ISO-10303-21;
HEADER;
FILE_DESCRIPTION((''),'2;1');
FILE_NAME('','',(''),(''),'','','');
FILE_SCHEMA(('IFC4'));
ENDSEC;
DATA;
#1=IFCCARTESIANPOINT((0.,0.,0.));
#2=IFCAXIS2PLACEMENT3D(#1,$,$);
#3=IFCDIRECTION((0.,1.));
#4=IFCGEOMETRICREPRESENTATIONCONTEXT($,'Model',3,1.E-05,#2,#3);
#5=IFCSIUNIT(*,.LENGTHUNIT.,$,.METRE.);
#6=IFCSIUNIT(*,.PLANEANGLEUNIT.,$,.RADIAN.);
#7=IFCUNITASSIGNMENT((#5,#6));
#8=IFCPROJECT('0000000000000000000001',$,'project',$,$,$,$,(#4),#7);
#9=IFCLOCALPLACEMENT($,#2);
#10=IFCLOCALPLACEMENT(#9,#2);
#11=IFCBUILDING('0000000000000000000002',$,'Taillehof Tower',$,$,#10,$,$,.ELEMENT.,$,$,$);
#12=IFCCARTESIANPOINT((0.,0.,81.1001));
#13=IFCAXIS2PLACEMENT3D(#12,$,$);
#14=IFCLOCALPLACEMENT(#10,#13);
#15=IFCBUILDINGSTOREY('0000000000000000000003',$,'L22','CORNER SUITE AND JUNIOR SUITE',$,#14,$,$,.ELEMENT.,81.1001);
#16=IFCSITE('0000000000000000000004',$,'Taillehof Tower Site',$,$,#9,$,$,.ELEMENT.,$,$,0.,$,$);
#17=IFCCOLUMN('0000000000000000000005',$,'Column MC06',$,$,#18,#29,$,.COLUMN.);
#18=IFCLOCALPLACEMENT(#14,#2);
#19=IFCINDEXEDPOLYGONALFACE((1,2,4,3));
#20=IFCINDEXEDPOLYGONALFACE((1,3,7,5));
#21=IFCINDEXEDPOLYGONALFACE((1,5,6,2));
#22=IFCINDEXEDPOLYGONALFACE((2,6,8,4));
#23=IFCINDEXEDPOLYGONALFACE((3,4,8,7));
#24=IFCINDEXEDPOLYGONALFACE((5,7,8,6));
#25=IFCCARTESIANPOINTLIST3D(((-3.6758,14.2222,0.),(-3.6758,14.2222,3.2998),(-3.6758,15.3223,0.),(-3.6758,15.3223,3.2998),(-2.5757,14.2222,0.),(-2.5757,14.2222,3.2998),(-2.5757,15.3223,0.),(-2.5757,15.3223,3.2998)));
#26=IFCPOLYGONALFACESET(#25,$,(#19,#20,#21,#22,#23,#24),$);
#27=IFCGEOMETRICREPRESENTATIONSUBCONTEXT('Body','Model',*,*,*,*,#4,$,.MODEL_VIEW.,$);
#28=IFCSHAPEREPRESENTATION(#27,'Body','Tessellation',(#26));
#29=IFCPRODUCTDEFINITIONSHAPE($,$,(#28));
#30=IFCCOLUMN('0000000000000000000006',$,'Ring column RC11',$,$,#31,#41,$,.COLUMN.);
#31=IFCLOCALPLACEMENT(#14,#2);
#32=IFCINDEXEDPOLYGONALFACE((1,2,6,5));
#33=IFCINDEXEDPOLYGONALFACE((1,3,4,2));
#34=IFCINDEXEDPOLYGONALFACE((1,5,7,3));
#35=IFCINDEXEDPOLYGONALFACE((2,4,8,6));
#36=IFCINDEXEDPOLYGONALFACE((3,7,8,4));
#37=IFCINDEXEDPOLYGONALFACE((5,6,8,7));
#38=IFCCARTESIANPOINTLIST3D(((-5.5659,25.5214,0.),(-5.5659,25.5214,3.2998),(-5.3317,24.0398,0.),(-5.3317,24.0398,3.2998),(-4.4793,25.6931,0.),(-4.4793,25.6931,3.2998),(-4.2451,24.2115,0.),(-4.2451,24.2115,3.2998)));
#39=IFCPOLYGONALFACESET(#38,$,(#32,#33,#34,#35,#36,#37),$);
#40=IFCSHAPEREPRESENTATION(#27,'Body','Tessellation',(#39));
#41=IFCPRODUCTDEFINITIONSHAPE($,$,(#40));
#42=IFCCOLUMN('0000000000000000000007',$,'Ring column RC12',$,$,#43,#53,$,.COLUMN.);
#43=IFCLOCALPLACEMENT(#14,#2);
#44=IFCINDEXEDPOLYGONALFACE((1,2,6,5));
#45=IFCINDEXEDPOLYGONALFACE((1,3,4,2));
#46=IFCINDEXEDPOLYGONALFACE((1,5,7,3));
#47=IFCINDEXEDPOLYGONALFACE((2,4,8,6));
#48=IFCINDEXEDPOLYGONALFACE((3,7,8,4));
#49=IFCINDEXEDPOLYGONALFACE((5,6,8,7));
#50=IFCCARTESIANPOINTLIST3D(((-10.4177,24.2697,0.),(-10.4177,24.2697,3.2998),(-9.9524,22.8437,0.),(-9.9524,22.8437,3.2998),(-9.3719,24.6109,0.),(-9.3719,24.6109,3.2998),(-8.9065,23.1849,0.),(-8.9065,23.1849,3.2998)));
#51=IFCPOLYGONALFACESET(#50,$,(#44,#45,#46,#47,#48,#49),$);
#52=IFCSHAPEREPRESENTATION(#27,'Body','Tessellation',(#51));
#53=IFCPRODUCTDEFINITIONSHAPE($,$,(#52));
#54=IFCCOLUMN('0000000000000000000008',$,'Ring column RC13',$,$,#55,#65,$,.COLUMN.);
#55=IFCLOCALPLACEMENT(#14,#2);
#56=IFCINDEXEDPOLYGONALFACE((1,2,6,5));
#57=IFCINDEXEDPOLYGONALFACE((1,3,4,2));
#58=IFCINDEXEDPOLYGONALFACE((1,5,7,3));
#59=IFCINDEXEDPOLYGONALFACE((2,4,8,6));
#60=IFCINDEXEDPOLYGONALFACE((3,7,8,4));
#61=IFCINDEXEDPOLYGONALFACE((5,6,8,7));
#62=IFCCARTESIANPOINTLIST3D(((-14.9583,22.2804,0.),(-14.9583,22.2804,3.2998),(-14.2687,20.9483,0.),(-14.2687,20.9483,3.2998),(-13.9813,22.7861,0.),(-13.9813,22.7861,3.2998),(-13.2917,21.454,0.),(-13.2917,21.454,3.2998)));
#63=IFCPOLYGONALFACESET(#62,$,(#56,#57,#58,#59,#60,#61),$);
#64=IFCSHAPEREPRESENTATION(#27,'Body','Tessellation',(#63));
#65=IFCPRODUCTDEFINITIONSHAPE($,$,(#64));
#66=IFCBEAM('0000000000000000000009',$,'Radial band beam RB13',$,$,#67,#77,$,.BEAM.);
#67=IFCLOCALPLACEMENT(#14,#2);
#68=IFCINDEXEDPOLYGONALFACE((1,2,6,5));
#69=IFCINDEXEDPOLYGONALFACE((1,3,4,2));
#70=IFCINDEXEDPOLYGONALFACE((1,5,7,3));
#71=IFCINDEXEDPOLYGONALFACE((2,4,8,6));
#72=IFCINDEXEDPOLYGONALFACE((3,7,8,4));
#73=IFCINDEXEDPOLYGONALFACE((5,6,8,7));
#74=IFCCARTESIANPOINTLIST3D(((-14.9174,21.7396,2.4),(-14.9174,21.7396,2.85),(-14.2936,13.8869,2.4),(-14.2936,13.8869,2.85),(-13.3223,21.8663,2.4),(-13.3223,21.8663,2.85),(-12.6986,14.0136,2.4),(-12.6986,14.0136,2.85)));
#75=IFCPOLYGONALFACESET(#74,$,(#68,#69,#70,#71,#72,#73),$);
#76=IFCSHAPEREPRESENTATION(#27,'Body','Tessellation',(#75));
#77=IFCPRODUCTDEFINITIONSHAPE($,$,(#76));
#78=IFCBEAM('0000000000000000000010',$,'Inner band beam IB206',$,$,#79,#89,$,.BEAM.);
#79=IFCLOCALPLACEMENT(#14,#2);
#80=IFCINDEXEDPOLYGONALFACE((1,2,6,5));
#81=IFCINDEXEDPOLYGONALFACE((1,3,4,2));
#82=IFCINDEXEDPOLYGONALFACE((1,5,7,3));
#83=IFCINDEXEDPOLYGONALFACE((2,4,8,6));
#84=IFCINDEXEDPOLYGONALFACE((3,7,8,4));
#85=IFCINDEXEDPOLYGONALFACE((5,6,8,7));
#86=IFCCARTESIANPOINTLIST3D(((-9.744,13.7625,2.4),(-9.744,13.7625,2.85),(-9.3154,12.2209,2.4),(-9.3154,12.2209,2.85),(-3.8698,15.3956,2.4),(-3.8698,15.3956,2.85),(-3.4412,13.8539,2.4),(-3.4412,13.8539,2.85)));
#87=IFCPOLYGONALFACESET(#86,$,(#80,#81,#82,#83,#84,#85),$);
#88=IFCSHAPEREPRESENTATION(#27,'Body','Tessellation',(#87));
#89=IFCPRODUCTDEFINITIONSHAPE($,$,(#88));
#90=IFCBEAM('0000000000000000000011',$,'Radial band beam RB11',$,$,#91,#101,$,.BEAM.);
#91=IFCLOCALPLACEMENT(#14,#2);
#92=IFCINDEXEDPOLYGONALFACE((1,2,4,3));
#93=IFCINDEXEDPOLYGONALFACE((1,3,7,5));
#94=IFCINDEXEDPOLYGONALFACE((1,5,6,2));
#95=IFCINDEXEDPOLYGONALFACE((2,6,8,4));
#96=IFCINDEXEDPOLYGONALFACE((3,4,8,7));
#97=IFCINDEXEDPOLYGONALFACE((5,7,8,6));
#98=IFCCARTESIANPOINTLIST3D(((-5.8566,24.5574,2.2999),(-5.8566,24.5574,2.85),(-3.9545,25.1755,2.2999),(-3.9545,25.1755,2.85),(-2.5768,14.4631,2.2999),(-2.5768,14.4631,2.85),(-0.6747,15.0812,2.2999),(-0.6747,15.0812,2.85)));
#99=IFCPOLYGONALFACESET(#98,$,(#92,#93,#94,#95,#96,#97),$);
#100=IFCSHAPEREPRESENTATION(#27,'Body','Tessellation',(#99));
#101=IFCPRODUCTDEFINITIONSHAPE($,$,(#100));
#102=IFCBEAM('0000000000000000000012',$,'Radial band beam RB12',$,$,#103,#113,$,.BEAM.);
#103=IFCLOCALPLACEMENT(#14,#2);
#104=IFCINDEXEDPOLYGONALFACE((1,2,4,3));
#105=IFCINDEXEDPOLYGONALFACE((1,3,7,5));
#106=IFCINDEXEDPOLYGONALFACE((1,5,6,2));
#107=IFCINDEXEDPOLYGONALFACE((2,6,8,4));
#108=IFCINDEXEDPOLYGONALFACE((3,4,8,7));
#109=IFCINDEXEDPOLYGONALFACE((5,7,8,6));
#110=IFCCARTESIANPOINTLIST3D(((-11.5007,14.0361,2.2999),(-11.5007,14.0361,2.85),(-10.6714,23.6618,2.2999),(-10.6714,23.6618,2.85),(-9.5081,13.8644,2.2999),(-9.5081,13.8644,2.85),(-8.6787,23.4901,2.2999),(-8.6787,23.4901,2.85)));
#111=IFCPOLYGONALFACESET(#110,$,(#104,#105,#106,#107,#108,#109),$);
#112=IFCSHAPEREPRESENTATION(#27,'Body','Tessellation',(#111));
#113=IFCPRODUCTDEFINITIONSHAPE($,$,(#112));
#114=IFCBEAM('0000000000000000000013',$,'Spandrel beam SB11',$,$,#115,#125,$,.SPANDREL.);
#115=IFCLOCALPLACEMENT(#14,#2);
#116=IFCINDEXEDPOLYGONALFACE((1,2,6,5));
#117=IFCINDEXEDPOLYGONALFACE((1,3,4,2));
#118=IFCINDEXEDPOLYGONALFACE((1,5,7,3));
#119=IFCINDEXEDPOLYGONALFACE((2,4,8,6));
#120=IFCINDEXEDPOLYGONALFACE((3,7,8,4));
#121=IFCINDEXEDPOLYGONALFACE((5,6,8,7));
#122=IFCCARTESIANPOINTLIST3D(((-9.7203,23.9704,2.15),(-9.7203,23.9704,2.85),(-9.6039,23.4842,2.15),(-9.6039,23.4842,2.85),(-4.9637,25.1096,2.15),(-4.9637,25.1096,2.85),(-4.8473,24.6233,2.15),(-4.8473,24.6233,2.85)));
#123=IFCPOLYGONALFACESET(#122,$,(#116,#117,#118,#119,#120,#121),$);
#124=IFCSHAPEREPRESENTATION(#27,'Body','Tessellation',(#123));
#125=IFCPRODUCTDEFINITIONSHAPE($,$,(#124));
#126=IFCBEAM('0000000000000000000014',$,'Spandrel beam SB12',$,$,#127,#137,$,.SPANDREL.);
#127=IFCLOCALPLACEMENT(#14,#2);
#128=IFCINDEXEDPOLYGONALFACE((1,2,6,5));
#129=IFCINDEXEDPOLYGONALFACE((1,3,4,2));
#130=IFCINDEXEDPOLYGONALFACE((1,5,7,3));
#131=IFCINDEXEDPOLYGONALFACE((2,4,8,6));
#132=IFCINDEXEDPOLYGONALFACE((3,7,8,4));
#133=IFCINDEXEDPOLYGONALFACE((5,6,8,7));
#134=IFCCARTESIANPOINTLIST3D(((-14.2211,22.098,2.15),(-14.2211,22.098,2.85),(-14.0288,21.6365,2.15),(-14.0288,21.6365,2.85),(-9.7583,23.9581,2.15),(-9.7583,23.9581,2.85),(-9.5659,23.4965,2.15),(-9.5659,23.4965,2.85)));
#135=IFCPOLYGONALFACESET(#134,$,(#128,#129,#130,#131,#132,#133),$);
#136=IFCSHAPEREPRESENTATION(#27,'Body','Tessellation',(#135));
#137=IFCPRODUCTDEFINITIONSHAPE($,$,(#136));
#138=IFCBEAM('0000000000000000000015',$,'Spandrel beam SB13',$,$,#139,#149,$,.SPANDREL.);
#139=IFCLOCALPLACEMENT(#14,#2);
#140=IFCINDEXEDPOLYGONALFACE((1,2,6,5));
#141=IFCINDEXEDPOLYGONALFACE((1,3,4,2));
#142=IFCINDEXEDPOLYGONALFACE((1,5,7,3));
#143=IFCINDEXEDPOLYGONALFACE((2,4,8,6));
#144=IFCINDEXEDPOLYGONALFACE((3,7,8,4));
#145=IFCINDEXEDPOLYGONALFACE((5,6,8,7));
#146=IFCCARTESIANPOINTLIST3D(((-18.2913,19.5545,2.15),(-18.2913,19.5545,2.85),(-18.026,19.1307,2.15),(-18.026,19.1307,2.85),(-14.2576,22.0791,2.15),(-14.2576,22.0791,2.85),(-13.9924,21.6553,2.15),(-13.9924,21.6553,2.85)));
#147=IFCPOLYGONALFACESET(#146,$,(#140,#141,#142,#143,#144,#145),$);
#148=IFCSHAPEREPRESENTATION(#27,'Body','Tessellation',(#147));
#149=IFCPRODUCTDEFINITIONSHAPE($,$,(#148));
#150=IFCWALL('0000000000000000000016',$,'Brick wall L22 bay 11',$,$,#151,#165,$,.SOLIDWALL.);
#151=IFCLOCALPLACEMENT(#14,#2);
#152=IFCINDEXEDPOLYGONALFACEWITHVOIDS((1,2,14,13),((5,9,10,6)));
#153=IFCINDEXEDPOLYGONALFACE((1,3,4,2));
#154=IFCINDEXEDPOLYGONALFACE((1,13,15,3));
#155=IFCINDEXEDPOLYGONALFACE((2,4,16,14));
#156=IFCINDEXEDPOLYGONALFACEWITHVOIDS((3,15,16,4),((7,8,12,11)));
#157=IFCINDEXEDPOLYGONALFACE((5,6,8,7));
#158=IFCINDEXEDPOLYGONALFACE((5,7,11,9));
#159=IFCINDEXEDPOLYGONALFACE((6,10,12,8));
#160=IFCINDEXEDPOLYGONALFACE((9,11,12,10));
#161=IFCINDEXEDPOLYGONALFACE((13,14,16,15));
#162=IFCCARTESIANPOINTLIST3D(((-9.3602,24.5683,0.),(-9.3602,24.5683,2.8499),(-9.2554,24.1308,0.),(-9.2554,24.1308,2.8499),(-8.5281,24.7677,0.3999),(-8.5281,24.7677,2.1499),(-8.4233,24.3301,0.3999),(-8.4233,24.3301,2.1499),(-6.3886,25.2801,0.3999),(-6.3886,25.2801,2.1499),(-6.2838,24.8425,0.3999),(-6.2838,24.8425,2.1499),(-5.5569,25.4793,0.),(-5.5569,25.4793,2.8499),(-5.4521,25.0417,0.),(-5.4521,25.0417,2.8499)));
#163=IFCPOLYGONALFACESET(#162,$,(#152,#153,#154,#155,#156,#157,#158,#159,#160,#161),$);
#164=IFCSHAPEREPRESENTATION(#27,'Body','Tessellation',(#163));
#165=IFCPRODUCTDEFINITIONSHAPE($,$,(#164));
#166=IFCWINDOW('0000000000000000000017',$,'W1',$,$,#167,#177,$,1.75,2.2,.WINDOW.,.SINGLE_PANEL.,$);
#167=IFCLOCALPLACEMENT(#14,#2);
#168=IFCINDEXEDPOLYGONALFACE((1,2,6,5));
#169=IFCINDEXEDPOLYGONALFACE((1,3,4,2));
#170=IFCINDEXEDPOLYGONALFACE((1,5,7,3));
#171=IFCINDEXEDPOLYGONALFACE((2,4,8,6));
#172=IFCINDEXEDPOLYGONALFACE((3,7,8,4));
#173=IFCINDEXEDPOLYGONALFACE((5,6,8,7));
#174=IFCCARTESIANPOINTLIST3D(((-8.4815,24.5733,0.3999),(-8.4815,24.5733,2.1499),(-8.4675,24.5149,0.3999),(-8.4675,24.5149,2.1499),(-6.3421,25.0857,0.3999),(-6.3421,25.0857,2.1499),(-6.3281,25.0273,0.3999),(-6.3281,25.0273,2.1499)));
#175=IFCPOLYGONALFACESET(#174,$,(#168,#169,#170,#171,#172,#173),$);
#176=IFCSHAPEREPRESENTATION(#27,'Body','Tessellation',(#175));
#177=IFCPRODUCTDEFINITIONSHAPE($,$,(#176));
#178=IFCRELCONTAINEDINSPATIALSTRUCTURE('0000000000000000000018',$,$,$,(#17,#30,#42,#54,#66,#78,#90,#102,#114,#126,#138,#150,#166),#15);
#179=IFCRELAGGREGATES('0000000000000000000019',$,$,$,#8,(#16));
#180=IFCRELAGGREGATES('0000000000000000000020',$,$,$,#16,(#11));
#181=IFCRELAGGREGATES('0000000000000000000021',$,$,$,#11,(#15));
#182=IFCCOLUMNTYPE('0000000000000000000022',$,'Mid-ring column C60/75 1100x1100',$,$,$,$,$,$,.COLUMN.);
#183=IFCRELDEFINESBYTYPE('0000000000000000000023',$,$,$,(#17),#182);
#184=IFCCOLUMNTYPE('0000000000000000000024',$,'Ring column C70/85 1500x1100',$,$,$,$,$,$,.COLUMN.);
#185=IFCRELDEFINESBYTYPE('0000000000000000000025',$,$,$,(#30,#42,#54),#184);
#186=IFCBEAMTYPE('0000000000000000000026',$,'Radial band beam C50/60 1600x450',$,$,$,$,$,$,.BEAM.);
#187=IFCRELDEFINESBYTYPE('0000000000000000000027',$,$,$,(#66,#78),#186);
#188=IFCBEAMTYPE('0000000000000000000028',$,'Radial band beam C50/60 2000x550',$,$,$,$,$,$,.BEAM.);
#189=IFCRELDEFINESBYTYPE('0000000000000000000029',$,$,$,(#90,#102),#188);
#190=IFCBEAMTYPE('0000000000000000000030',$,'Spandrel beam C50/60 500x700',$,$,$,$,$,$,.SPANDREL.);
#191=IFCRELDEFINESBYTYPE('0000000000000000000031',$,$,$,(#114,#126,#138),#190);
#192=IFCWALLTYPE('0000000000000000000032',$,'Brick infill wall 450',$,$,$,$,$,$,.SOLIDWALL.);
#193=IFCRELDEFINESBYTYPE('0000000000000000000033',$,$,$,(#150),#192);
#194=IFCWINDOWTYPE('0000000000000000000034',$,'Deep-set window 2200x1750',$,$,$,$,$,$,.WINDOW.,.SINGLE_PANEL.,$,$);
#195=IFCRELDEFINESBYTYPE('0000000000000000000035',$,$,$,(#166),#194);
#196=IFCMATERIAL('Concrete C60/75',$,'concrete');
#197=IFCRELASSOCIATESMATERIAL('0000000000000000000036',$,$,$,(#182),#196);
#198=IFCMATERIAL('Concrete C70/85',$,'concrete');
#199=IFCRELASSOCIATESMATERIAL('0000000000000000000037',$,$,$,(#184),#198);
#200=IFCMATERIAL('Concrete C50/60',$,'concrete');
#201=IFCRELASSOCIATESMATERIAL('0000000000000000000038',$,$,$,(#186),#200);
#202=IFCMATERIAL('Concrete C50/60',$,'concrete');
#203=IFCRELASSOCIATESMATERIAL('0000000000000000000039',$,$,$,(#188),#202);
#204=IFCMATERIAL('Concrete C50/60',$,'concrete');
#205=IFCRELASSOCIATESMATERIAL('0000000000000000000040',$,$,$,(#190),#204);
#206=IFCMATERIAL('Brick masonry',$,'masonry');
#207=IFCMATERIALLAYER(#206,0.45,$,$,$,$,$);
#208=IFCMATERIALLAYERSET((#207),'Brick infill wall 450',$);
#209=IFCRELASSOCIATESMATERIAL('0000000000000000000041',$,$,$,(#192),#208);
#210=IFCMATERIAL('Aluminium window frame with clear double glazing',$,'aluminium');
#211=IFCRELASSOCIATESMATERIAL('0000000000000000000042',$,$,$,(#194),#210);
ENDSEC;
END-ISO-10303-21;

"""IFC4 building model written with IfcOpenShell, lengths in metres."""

from ifc_helpers import new_model, si_unit, direction, frame, frame_2d, origin, origin_2d, place, context, subcontext, project, spatial, rectangle, extrude, material, layer, layer_set, material_profile, profile_set, type_object, element, fill, save


model = new_model("IFC4")

# Units and contexts
model_context = context("Model", 3, precision=1e-05, world=origin(), true_north=direction((0.0, 1.0)))
body_context = subcontext(model_context, "Body", "Model", "MODEL_VIEW")
ifc_project = project(units=[si_unit("LENGTHUNIT", "METRE"), si_unit("PLANEANGLEUNIT", "RADIAN")], contexts=[model_context])

# Site, building, storey
site_placement = place(None, origin())
site = spatial("IfcSite", under=ifc_project, at=site_placement, Name="Taillehof Tower Site", CompositionType="ELEMENT", RefElevation=0.0)
building_placement = place(site_placement, origin())
building = spatial("IfcBuilding", under=site, at=building_placement, Name="Taillehof Tower", CompositionType="ELEMENT")
storey_placement = place(building_placement, frame((0.0, 0.0, 81.1001)))
storey = spatial("IfcBuildingStorey", under=building, at=storey_placement, Name="L22", Description="CORNER SUITE AND JUNIOR SUITE", CompositionType="ELEMENT", Elevation=81.1001)

# Columns
ifc_material_1 = material(Name="Concrete C60/75", Category="concrete")
ifc_material_profile_1 = material_profile(ifc_material_1, rectangle(XDim=1.1001, YDim=1.1001, at=origin_2d()), Name="RC 1100x1100")
ifc_profile_set_1 = profile_set([ifc_material_profile_1], Name="Concrete C60/75")
column_type_1 = type_object("IfcColumnType", Name="Mid-ring column C60/75 1100x1100", PredefinedType="COLUMN", material=ifc_profile_set_1)
column_placement = place(storey_placement, frame((-3.1257, 14.7722, 0.0), z_axis=(0.0, 0.0, 1.0), x_axis=(1.0, 0.0, 0.0)))
element("IfcColumn", 1, at=column_placement, inside=storey, type_object=column_type_1, Name="Column MC06", PredefinedType="COLUMN", context=body_context, shape_type="SweptSolid", body=[
    extrude(rectangle(XDim=1.1001, YDim=1.1001, at=origin_2d()), origin(), (0.0, 0.0, 1.0), 3.2998),
])
ifc_material_2 = material(Name="Concrete C70/85", Category="concrete")
ifc_material_profile_2 = material_profile(ifc_material_2, rectangle(XDim=1.5, YDim=1.1001, at=origin_2d()), Name="RC 1500x1100")
ifc_profile_set_2 = profile_set([ifc_material_profile_2], Name="Concrete C70/85")
column_type_2 = type_object("IfcColumnType", Name="Ring column C70/85 1500x1100", PredefinedType="COLUMN", material=ifc_profile_set_2)
for number, where, z_axis, x_axis, name in (
    (2, (-4.9055, 24.8665, 0.0), (0.0, 0.0, 1.0), (-0.156147, 0.987734, 0.0), "Ring column RC11"),
    (3, (-9.6621, 23.7273, 0.0), (0.0, 0.0, 1.0), (-0.310219, 0.950665, 0.0), "Ring column RC12"),
    (4, (-14.125, 21.8672, 0.0), (0.0, 0.0, 1.0), (-0.459691, 0.888079, 0.0), "Ring column RC13"),
):
    element("IfcColumn", number, at=place(storey_placement, frame(where, z_axis=z_axis, x_axis=x_axis)), inside=storey, type_object=column_type_2, Name=name, PredefinedType="COLUMN", context=body_context, shape_type="SweptSolid", body=[
        extrude(rectangle(XDim=1.5, YDim=1.1001, at=origin_2d()), origin(), (0.0, 0.0, 1.0), 3.2998),
    ])

# Beams
ifc_material_3 = material(Name="Concrete C50/60", Category="concrete")
ifc_material_profile_3 = material_profile(ifc_material_3, rectangle(XDim=1.6001, YDim=0.45, at=origin_2d()), Name="RC 1600x450")
ifc_profile_set_3 = profile_set([ifc_material_profile_3], Name="Concrete C50/60")
beam_type_1 = type_object("IfcBeamType", Name="Radial band beam C50/60 1600x450", PredefinedType="BEAM", material=ifc_profile_set_3)
beam_1_placement = place(storey_placement, frame((-14.1199, 21.803, 2.625), z_axis=(0.079185, -0.99686, 0.0), x_axis=(0.99686, 0.079185, 0.0)))
element("IfcBeam", 5, at=beam_1_placement, inside=storey, type_object=beam_type_1, Name="Radial band beam RB13", PredefinedType="BEAM", context=body_context, shape_type="SweptSolid", body=[
    extrude(rectangle(XDim=1.6001, YDim=0.45, at=origin_2d()), origin(), (0.0, 0.0, 1.0), 7.8774),
])
beam_2_placement = place(storey_placement, frame((-3.6555, 14.6248, 2.625), z_axis=(-0.963459, -0.267855, 0.0), x_axis=(0.267855, -0.963459, 0.0)))
element("IfcBeam", 6, at=beam_2_placement, inside=storey, type_object=beam_type_1, Name="Inner band beam IB206", PredefinedType="BEAM", context=body_context, shape_type="SweptSolid", body=[
    extrude(rectangle(XDim=1.6001, YDim=0.45, at=origin_2d()), origin(), (0.0, 0.0, 1.0), 6.0969),
])
ifc_material_4 = material(Name="Concrete C50/60", Category="concrete")
ifc_material_profile_4 = material_profile(ifc_material_4, rectangle(XDim=2.0, YDim=0.55, at=origin_2d()), Name="RC 2000x550")
ifc_profile_set_4 = profile_set([ifc_material_profile_4], Name="Concrete C50/60")
beam_type_2 = type_object("IfcBeamType", Name="Radial band beam C50/60 2000x550", PredefinedType="BEAM", material=ifc_profile_set_4)
beam_3_placement = place(storey_placement, frame((-4.9055, 24.8665, 2.575), z_axis=(0.309014, -0.951057, 0.0), x_axis=(0.951057, 0.309014, 0.0)))
element("IfcBeam", 7, at=beam_3_placement, inside=storey, type_object=beam_type_2, Name="Radial band beam RB11", PredefinedType="BEAM", context=body_context, shape_type="SweptSolid", body=[
    extrude(rectangle(XDim=2.0, YDim=0.55, at=origin_2d()), origin(), (0.0, 0.0, 1.0), 10.6138),
])
beam_4_placement = place(storey_placement, frame((-9.675, 23.5759, 2.575), z_axis=(-0.085841, -0.996309, 0.0), x_axis=(0.996309, -0.085841, 0.0)))
element("IfcBeam", 8, at=beam_4_placement, inside=storey, type_object=beam_type_2, Name="Radial band beam RB12", PredefinedType="BEAM", context=body_context, shape_type="SweptSolid", body=[
    extrude(rectangle(XDim=2.0, YDim=0.55, at=origin_2d()), origin(), (0.0, 0.0, 1.0), 9.6614),
])
ifc_material_5 = material(Name="Concrete C50/60", Category="concrete")
ifc_material_profile_5 = material_profile(ifc_material_5, rectangle(XDim=0.5, YDim=0.7, at=origin_2d()), Name="RC 500x700")
ifc_profile_set_5 = profile_set([ifc_material_profile_5], Name="Concrete C50/60")
beam_type_3 = type_object("IfcBeamType", Name="Spandrel beam C50/60 500x700", PredefinedType="SPANDREL", material=ifc_profile_set_5)
beam_5_placement = place(storey_placement, frame((-4.9055, 24.8665, 2.5), z_axis=(-0.9725, -0.232905, 0.0), x_axis=(0.232905, -0.9725, 0.0)))
element("IfcBeam", 9, at=beam_5_placement, inside=storey, type_object=beam_type_3, Name="Spandrel beam SB11", PredefinedType="SPANDREL", context=body_context, shape_type="SweptSolid", body=[
    extrude(rectangle(XDim=0.5, YDim=0.7, at=origin_2d()), origin(), (0.0, 0.0, 1.0), 4.8911),
])
beam_6_placement = place(storey_placement, frame((-9.6621, 23.7273, 2.5), z_axis=(-0.923035, -0.384716, 0.0), x_axis=(0.384716, -0.923035, 0.0)))
element("IfcBeam", 10, at=beam_6_placement, inside=storey, type_object=beam_type_3, Name="Spandrel beam SB12", PredefinedType="SPANDREL", context=body_context, shape_type="SweptSolid", body=[
    extrude(rectangle(XDim=0.5, YDim=0.7, at=origin_2d()), origin(), (0.0, 0.0, 1.0), 4.835),
])
beam_7_placement = place(storey_placement, frame((-14.125, 21.8672, 2.5), z_axis=(-0.847658, -0.530543, 0.0), x_axis=(0.530543, -0.847658, 0.0)))
element("IfcBeam", 11, at=beam_7_placement, inside=storey, type_object=beam_type_3, Name="Spandrel beam SB13", PredefinedType="SPANDREL", context=body_context, shape_type="SweptSolid", body=[
    extrude(rectangle(XDim=0.5, YDim=0.7, at=origin_2d()), origin(), (0.0, 0.0, 1.0), 4.7585),
])

# Wall, opening, window
ifc_material_6 = material(Name="Brick masonry", Category="masonry")
ifc_layer_1 = layer(ifc_material_6, 0.45)
ifc_layer_set_1 = layer_set([ifc_layer_1], Name="Brick infill wall 450")
wall_type_1 = type_object("IfcWallType", Name="Brick infill wall 450", PredefinedType="SOLIDWALL", material=ifc_layer_set_1)
wall_1_placement = place(storey_placement, frame((-5.5044, 25.2605, 0.0), z_axis=(0.0, 0.0, 1.0), x_axis=(-0.972497, -0.232917, 0.0)))
wall_1 = element("IfcWall", 12, at=wall_1_placement, inside=storey, type_object=wall_type_1, Name="Brick wall L22 bay 11", PredefinedType="SOLIDWALL", context=body_context, shape_type="SweptSolid", body=[
    extrude(rectangle(XDim=3.9109, YDim=0.45, at=frame_2d((1.9556, 0.0))), origin(), (0.0, 0.0, 1.0), 2.8499),
])
opening_1_placement = place(wall_1_placement, frame((0.8552, 0.0, 0.3999)))
opening_1 = element("IfcOpeningElement", 13, at=opening_1_placement, cuts=wall_1, PredefinedType="OPENING", context=body_context, shape_type="SweptSolid", body=[
    extrude(rectangle(XDim=2.2, YDim=1.75, at=frame_2d((1.1001, 0.875))), frame((0.0, 0.2349, 0.0), z_axis=(0.0, -1.0, 0.0), x_axis=(1.0, 0.0, 0.0)), (0.0, 0.0, 1.0), 0.47),
])
ifc_material_7 = material(Name="Aluminium window frame with clear double glazing", Category="aluminium")
window_type_1 = type_object("IfcWindowType", Name="Deep-set window 2200x1750", PartitioningType="SINGLE_PANEL", PredefinedType="WINDOW", material=ifc_material_7)
window_1_placement = place(opening_1_placement, origin())
window_1 = element("IfcWindow", 14, at=window_1_placement, inside=storey, type_object=window_type_1, Name="W1", OverallHeight=1.75, OverallWidth=2.2, PartitioningType="SINGLE_PANEL", PredefinedType="WINDOW", context=body_context, shape_type="SweptSolid", body=[
    extrude(rectangle(XDim=2.2, YDim=1.75, at=frame_2d((1.1001, 0.875))), frame((0.0, 0.0349, 0.0), z_axis=(0.0, -1.0, 0.0), x_axis=(1.0, 0.0, 0.0)), (0.0, 0.0, 1.0), 0.0601),
])
fill(opening_1, window_1)

save(model, "model.ifc")
